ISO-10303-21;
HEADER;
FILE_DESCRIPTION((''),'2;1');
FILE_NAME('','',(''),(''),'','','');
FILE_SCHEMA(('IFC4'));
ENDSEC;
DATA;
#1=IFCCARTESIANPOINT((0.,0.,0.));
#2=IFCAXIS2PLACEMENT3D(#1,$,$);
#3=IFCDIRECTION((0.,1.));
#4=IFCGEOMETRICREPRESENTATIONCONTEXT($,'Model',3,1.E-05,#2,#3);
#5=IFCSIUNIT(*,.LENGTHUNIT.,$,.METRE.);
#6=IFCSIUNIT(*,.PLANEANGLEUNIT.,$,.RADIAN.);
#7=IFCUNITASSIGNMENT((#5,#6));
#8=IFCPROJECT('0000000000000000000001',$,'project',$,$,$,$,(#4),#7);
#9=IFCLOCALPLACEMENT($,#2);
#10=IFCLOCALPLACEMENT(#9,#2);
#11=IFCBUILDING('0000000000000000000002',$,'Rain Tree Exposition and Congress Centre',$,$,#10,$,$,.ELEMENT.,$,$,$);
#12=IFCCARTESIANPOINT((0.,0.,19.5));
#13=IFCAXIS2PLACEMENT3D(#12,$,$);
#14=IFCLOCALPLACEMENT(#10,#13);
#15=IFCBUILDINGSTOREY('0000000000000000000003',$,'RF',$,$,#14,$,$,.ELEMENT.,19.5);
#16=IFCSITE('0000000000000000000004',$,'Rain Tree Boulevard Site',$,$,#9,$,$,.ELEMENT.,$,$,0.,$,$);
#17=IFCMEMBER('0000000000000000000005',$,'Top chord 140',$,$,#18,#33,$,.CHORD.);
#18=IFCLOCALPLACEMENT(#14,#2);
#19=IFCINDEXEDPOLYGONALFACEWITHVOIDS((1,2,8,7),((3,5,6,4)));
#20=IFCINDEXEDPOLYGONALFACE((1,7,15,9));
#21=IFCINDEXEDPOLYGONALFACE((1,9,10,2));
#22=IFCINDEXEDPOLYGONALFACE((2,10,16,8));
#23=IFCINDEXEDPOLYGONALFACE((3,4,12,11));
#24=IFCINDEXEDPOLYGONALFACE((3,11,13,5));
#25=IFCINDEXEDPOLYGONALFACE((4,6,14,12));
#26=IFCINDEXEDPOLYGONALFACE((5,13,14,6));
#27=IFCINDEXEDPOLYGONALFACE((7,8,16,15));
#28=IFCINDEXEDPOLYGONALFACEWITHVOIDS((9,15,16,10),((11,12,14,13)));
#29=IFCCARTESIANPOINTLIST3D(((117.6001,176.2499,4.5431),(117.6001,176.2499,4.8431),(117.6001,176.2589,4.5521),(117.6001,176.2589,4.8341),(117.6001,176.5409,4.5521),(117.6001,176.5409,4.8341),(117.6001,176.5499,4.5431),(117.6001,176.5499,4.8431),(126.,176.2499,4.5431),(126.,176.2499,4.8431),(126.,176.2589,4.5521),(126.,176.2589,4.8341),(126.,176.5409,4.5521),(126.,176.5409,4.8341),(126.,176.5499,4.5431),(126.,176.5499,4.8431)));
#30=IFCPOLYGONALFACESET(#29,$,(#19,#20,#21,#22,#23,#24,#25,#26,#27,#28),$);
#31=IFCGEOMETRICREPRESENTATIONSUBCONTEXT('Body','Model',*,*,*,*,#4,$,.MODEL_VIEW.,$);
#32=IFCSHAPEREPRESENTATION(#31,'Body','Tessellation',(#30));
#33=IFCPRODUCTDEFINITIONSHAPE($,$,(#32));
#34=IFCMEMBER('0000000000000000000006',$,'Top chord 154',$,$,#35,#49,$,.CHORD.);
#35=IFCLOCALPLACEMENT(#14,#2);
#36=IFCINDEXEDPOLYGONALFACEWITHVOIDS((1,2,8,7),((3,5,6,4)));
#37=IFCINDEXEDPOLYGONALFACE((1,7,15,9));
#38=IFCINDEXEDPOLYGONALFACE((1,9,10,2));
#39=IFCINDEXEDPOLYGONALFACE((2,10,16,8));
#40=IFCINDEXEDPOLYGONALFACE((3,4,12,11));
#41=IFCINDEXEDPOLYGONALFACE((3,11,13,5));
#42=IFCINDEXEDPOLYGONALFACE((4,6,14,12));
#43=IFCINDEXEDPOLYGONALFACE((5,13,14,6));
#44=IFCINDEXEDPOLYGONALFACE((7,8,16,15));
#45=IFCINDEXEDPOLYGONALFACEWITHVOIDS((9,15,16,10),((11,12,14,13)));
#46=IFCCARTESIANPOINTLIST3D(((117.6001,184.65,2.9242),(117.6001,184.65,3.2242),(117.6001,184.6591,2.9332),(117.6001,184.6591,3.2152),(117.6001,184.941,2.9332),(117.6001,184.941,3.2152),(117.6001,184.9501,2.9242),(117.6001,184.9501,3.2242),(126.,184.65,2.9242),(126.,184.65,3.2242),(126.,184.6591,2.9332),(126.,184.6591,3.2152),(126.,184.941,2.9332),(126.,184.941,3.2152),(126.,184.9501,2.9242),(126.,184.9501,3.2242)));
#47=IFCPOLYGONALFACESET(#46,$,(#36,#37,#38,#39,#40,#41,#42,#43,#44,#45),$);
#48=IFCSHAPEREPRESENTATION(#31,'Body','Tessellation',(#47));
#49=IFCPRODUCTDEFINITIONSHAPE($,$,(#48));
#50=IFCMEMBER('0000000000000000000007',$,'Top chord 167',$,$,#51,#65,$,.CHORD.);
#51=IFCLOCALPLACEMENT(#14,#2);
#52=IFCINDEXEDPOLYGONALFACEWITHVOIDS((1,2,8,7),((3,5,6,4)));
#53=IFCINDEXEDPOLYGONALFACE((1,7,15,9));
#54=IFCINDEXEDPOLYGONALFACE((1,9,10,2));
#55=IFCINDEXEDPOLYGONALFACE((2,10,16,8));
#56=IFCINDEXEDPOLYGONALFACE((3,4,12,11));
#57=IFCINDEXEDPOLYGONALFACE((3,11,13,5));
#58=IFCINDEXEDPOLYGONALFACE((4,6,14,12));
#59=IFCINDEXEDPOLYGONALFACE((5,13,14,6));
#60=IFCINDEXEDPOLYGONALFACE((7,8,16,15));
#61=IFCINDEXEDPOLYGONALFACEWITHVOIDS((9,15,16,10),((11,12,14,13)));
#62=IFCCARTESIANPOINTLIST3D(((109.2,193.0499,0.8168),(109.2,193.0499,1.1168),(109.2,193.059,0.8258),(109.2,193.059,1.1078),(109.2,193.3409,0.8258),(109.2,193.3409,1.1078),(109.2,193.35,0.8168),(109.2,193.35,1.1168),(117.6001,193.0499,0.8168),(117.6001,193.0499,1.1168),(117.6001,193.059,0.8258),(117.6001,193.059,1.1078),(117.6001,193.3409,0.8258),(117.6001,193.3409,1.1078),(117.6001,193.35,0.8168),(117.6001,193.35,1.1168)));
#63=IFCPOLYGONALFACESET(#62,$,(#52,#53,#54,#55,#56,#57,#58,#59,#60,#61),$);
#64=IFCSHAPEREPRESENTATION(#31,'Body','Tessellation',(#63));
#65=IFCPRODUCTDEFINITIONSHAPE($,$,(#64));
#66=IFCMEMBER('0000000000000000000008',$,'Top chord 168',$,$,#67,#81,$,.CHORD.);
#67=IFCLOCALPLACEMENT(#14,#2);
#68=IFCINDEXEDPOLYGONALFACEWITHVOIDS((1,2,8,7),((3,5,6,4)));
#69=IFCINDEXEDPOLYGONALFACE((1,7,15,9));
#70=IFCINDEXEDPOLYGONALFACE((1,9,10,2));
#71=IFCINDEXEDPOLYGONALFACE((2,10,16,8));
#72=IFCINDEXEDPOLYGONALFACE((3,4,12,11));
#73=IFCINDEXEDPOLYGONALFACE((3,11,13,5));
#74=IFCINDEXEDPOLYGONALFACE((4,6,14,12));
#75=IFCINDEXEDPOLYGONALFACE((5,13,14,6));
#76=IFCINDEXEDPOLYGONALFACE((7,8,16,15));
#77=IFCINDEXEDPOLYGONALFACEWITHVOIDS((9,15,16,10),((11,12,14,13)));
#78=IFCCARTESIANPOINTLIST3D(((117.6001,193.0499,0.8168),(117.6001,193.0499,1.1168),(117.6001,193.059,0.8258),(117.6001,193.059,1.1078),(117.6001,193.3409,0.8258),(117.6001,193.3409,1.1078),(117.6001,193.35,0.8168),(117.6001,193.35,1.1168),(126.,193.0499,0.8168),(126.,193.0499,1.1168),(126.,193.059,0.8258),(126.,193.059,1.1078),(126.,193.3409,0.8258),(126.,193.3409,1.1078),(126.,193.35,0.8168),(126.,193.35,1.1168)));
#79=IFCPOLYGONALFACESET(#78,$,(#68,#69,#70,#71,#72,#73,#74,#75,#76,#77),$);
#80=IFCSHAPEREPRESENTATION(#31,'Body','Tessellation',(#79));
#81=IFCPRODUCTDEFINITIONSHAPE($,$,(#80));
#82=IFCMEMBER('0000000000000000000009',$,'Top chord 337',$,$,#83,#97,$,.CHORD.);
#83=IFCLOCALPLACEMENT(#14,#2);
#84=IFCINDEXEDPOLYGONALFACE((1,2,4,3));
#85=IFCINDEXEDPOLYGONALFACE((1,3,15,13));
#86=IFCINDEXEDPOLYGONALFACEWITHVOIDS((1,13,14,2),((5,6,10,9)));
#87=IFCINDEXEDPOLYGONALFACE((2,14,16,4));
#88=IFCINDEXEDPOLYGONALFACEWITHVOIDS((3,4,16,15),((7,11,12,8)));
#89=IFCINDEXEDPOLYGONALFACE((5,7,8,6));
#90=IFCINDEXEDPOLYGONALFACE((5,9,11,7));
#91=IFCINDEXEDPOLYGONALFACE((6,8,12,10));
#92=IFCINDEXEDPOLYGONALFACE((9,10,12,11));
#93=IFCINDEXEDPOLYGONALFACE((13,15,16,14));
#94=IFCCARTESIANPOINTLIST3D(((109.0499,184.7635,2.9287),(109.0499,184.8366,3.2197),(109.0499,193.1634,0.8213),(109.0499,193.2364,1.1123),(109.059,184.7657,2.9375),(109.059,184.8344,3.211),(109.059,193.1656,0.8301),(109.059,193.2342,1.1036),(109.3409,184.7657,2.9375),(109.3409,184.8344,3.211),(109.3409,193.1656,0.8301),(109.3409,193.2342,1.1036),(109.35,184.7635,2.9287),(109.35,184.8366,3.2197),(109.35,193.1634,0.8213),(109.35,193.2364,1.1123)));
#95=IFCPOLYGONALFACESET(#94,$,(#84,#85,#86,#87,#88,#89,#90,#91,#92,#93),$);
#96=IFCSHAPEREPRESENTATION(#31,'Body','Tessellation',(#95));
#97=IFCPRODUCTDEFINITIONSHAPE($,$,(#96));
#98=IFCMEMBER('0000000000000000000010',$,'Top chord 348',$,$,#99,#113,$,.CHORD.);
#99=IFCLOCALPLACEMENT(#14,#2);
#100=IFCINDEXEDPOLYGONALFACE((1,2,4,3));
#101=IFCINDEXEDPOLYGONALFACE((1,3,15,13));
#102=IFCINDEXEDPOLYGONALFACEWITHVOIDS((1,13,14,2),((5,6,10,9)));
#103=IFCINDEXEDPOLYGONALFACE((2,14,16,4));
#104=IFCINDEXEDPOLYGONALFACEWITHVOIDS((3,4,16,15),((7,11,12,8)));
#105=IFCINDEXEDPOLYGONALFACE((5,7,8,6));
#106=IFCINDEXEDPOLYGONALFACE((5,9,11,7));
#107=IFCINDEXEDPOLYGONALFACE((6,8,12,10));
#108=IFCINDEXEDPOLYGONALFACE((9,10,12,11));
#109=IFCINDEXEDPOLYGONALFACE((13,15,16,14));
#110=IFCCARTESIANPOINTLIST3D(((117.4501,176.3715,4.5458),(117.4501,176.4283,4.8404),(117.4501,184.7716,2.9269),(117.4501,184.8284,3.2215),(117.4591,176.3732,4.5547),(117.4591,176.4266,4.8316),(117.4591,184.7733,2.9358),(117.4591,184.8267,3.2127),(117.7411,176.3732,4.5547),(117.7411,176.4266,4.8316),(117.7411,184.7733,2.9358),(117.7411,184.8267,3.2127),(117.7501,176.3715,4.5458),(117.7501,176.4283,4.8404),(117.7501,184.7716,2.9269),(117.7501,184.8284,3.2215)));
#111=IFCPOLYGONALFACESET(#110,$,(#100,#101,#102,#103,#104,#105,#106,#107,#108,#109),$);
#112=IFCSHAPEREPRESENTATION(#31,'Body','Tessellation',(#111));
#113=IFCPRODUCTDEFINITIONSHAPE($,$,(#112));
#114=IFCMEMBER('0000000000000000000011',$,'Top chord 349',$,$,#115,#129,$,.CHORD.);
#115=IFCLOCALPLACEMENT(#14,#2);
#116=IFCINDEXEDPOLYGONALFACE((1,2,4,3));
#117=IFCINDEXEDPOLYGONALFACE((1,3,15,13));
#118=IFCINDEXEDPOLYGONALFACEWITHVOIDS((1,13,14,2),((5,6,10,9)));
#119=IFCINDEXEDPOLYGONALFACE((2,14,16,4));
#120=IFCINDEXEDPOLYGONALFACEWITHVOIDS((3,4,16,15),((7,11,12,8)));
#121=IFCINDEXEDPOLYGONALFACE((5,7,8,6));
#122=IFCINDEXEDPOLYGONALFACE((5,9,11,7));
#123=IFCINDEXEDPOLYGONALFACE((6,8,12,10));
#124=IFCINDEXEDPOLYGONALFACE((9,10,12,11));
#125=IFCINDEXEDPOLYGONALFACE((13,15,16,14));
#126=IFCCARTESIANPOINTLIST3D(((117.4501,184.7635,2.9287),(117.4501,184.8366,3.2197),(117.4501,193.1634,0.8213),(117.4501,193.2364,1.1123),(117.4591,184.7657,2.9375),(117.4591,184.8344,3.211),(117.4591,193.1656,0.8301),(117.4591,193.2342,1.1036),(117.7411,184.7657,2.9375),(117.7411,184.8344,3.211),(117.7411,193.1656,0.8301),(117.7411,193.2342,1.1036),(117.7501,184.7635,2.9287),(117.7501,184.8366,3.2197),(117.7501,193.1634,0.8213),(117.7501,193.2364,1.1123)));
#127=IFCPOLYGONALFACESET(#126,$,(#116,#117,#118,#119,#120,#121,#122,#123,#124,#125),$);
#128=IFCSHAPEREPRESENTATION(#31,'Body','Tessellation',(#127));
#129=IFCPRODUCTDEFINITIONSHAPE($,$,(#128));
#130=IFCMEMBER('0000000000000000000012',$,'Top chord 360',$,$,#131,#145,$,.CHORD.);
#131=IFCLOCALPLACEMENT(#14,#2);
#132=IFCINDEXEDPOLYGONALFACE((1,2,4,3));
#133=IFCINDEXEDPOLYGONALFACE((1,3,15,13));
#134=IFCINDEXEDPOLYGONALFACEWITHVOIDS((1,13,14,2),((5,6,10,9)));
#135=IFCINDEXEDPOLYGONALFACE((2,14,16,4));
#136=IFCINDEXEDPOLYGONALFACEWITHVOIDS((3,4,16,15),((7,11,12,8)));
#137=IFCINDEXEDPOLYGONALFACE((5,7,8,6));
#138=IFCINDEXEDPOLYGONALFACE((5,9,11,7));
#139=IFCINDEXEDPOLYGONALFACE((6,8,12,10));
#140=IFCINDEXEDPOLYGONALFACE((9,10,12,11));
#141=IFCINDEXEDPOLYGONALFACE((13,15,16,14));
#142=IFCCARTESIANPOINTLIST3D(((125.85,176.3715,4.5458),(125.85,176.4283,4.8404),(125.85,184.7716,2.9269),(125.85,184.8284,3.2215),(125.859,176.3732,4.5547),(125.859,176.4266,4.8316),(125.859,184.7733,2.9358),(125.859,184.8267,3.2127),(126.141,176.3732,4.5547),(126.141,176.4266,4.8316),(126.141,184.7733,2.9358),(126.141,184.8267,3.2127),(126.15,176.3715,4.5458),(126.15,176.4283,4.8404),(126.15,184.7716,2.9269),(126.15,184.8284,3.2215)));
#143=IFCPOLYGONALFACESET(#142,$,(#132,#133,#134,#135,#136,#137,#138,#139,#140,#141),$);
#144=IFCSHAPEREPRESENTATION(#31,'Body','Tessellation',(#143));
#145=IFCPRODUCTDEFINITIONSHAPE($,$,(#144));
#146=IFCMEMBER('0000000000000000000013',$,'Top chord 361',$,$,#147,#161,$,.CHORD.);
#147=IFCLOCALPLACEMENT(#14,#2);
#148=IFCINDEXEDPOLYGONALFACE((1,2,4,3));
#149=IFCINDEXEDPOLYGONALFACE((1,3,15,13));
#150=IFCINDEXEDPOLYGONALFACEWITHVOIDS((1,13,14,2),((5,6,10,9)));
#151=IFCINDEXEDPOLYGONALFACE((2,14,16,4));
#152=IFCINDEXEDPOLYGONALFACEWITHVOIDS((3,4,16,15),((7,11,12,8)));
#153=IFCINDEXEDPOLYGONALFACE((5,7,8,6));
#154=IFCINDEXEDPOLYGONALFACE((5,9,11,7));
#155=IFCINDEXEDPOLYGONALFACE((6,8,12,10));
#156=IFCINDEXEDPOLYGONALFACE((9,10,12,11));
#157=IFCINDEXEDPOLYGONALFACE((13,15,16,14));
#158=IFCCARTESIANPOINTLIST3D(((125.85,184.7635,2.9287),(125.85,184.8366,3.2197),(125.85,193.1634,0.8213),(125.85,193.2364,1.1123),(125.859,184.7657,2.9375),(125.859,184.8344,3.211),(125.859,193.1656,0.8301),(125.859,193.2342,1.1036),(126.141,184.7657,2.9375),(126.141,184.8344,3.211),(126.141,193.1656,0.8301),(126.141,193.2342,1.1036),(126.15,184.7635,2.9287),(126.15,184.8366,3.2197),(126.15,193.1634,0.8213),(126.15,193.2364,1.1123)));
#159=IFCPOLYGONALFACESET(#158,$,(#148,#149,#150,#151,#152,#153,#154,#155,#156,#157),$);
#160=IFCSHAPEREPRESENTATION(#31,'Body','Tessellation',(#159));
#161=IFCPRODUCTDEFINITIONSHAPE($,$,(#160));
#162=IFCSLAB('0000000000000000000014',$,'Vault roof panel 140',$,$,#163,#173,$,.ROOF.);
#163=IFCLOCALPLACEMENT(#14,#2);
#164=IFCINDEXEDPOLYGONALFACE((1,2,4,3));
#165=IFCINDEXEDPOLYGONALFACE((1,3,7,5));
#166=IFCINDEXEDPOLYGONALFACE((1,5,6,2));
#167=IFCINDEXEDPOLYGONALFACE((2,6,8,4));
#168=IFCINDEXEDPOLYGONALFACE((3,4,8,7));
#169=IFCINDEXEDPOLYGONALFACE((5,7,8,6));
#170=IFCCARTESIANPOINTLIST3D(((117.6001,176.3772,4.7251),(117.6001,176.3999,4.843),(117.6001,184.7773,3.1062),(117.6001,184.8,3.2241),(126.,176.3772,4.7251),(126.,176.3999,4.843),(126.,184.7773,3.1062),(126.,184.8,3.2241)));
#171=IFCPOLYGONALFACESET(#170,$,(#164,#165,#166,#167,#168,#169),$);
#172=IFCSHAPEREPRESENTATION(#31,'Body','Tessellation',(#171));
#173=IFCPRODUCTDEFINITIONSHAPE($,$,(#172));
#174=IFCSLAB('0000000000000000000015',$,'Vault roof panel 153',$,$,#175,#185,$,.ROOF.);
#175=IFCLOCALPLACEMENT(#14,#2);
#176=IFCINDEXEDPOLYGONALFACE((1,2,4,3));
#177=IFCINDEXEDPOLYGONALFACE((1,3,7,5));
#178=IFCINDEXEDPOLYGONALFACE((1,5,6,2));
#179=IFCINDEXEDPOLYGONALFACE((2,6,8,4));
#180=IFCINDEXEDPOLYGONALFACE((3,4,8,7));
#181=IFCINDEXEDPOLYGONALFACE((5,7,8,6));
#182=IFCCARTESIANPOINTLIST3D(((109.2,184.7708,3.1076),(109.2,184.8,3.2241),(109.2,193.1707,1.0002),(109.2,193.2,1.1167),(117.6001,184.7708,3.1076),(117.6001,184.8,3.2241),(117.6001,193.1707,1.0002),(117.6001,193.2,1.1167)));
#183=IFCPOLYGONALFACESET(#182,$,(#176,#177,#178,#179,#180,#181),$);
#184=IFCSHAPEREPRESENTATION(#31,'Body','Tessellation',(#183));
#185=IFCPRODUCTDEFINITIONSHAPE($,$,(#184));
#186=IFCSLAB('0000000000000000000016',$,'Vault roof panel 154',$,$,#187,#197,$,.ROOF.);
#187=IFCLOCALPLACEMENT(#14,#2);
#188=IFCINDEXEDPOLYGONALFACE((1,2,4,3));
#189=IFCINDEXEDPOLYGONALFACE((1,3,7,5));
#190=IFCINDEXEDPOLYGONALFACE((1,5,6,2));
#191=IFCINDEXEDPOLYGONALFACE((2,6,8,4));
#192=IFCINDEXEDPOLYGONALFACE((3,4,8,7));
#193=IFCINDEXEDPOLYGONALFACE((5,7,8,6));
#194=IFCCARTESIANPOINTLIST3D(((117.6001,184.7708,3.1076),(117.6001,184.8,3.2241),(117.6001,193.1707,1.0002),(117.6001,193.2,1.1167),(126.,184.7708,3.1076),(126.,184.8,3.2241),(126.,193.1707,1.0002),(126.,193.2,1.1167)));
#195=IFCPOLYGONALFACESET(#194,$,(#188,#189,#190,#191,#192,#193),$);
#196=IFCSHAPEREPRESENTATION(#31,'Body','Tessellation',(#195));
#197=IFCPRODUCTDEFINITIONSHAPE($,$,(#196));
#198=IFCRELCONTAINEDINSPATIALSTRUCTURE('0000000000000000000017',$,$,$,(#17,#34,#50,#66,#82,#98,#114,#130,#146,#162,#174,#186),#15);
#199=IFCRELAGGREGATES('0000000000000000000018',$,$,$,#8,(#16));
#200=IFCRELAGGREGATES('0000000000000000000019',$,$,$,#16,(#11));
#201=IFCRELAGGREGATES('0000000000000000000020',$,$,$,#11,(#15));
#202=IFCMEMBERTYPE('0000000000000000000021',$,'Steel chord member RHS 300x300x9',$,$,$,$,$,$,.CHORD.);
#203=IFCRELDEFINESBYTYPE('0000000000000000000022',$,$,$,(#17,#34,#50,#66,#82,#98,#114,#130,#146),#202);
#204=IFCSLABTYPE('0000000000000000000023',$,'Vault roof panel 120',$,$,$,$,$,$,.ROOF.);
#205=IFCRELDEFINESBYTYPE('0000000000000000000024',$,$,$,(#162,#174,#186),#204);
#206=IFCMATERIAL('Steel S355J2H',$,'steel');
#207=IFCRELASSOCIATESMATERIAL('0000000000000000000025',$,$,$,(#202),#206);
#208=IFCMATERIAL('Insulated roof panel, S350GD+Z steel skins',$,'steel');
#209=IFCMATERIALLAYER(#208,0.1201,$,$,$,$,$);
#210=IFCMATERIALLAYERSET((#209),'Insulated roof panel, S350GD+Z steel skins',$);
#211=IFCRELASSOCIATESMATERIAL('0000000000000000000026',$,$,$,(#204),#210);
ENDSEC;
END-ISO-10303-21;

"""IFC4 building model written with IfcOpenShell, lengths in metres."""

from ifc_helpers import new_model, si_unit, direction, frame, origin, origin_2d, place, context, subcontext, project, spatial, polyline, hollow_rectangle, outline, extrude, material, layer, layer_set, material_profile, profile_set, type_object, element, save


model = new_model("IFC4")

# Units and contexts
model_context = context("Model", 3, precision=1e-05, world=origin(), true_north=direction((0.0, 1.0)))
body_context = subcontext(model_context, "Body", "Model", "MODEL_VIEW")
ifc_project = project(units=[si_unit("LENGTHUNIT", "METRE"), si_unit("PLANEANGLEUNIT", "RADIAN")], contexts=[model_context])

# Site, building, storey
site_placement = place(None, origin())
site = spatial("IfcSite", under=ifc_project, at=site_placement, Name="Rain Tree Boulevard Site", CompositionType="ELEMENT", RefElevation=0.0)
building_placement = place(site_placement, origin())
building = spatial("IfcBuilding", under=site, at=building_placement, Name="Rain Tree Exposition and Congress Centre", CompositionType="ELEMENT")
storey_placement = place(building_placement, frame((0.0, 0.0, 19.5)))
storey = spatial("IfcBuildingStorey", under=building, at=storey_placement, Name="RF", CompositionType="ELEMENT", Elevation=19.5)

# Members
ifc_material_1 = material(Name="Steel S355J2H", Category="steel")
ifc_material_profile_1 = material_profile(ifc_material_1, hollow_rectangle(XDim=0.3, YDim=0.3, WallThickness=0.009, at=origin_2d()), Name="RHS 300x300x9")
ifc_profile_set_1 = profile_set([ifc_material_profile_1], Name="Steel S355J2H")
member_type = type_object("IfcMemberType", Name="Steel chord member RHS 300x300x9", PredefinedType="CHORD", material=ifc_profile_set_1)
for number, where, z_axis, x_axis, name in (
    (1, (117.6001, 176.3999, 4.6931), (1.0, 0.0, 0.0), (0.0, 1.0, 0.0), "Top chord 140"),
    (2, (117.6001, 184.8, 3.0742), (1.0, 0.0, 0.0), (0.0, 1.0, 0.0), "Top chord 154"),
):
    element("IfcMember", number, at=place(storey_placement, frame(where, z_axis=z_axis, x_axis=x_axis)), inside=storey, type_object=member_type, Name=name, PredefinedType="CHORD", context=body_context, shape_type="SweptSolid", body=[
        extrude(hollow_rectangle(XDim=0.3, YDim=0.3, WallThickness=0.009, at=origin_2d()), origin(), (0.0, 0.0, 1.0), 8.3999),
    ])
member_1_placement = place(storey_placement, frame((109.2, 193.2, 0.9668), z_axis=(1.0, 0.0, 0.0), x_axis=(0.0, 1.0, 0.0)))
element("IfcMember", 3, at=member_1_placement, inside=storey, type_object=member_type, Name="Top chord 167", PredefinedType="CHORD", context=body_context, shape_type="SweptSolid", body=[
    extrude(hollow_rectangle(XDim=0.3, YDim=0.3, WallThickness=0.009, at=origin_2d()), origin(), (0.0, 0.0, 1.0), 8.4001),
])
member_2_placement = place(storey_placement, frame((117.6001, 193.2, 0.9668), z_axis=(1.0, 0.0, 0.0), x_axis=(0.0, 1.0, 0.0)))
element("IfcMember", 4, at=member_2_placement, inside=storey, type_object=member_type, Name="Top chord 168", PredefinedType="CHORD", context=body_context, shape_type="SweptSolid", body=[
    extrude(hollow_rectangle(XDim=0.3, YDim=0.3, WallThickness=0.009, at=origin_2d()), origin(), (0.0, 0.0, 1.0), 8.3999),
])
member_3_placement = place(storey_placement, frame((109.2, 184.8, 3.0742), z_axis=(0.0, 0.96994, -0.243345), x_axis=(-1.0, 0.0, 0.0)))
element("IfcMember", 5, at=member_3_placement, inside=storey, type_object=member_type, Name="Top chord 337", PredefinedType="CHORD", context=body_context, shape_type="SweptSolid", body=[
    extrude(hollow_rectangle(XDim=0.3, YDim=0.3, WallThickness=0.009, at=origin_2d()), origin(), (0.0, 0.0, 1.0), 8.6602),
])
member_4_placement = place(storey_placement, frame((117.6001, 176.3999, 4.6931), z_axis=(0.0, 0.981931, -0.18924), x_axis=(-1.0, 0.0, 0.0)))
element("IfcMember", 6, at=member_4_placement, inside=storey, type_object=member_type, Name="Top chord 348", PredefinedType="CHORD", context=body_context, shape_type="SweptSolid", body=[
    extrude(hollow_rectangle(XDim=0.3, YDim=0.3, WallThickness=0.009, at=origin_2d()), origin(), (0.0, 0.0, 1.0), 8.5547),
])
member_5_placement = place(storey_placement, frame((117.6001, 184.8, 3.0742), z_axis=(0.0, 0.96994, -0.243345), x_axis=(-1.0, 0.0, 0.0)))
element("IfcMember", 7, at=member_5_placement, inside=storey, type_object=member_type, Name="Top chord 349", PredefinedType="CHORD", context=body_context, shape_type="SweptSolid", body=[
    extrude(hollow_rectangle(XDim=0.3, YDim=0.3, WallThickness=0.009, at=origin_2d()), origin(), (0.0, 0.0, 1.0), 8.6602),
])
member_6_placement = place(storey_placement, frame((126.0, 176.3999, 4.6931), z_axis=(0.0, 0.981931, -0.18924), x_axis=(-1.0, 0.0, 0.0)))
element("IfcMember", 8, at=member_6_placement, inside=storey, type_object=member_type, Name="Top chord 360", PredefinedType="CHORD", context=body_context, shape_type="SweptSolid", body=[
    extrude(hollow_rectangle(XDim=0.3, YDim=0.3, WallThickness=0.009, at=origin_2d()), origin(), (0.0, 0.0, 1.0), 8.5547),
])
member_7_placement = place(storey_placement, frame((126.0, 184.8, 3.0742), z_axis=(0.0, 0.96994, -0.243345), x_axis=(-1.0, 0.0, 0.0)))
element("IfcMember", 9, at=member_7_placement, inside=storey, type_object=member_type, Name="Top chord 361", PredefinedType="CHORD", context=body_context, shape_type="SweptSolid", body=[
    extrude(hollow_rectangle(XDim=0.3, YDim=0.3, WallThickness=0.009, at=origin_2d()), origin(), (0.0, 0.0, 1.0), 8.6602),
])

# Slabs
ifc_material_2 = material(Name="Insulated roof panel, S350GD+Z steel skins", Category="steel")
ifc_layer_1 = layer(ifc_material_2, 0.1201)
ifc_layer_set_1 = layer_set([ifc_layer_1], Name="Insulated roof panel, S350GD+Z steel skins")
slab_type = type_object("IfcSlabType", Name="Vault roof panel 120", PredefinedType="ROOF", material=ifc_layer_set_1)
slab_1_placement = place(storey_placement, frame((117.6001, 176.3999, 4.843), z_axis=(0.0, 0.18924, 0.981931), x_axis=(1.0, 0.0, 0.0)))
element("IfcSlab", 10, at=slab_1_placement, inside=storey, type_object=slab_type, Name="Vault roof panel 140", PredefinedType="ROOF", context=body_context, shape_type="SweptSolid", body=[
    extrude(outline(polyline([(0.0, 0.0), (8.3999, 0.0), (8.3999, 8.5547), (0.0, 8.5547), (0.0, 0.0)])), origin(), (0.0, 0.0, -1.0), 0.1201),
])
slab_2_placement = place(storey_placement, frame((109.2, 184.8, 3.2241), z_axis=(0.0, 0.243345, 0.96994), x_axis=(1.0, 0.0, 0.0)))
element("IfcSlab", 11, at=slab_2_placement, inside=storey, type_object=slab_type, Name="Vault roof panel 153", PredefinedType="ROOF", context=body_context, shape_type="SweptSolid", body=[
    extrude(outline(polyline([(0.0, 0.0), (8.4001, 0.0), (8.4001, 8.6602), (0.0, 8.6602), (0.0, 0.0)])), origin(), (0.0, 0.0, -1.0), 0.1201),
])
slab_3_placement = place(storey_placement, frame((117.6001, 184.8, 3.2241), z_axis=(0.0, 0.243345, 0.96994), x_axis=(1.0, 0.0, 0.0)))
element("IfcSlab", 12, at=slab_3_placement, inside=storey, type_object=slab_type, Name="Vault roof panel 154", PredefinedType="ROOF", context=body_context, shape_type="SweptSolid", body=[
    extrude(outline(polyline([(0.0, 0.0), (8.3999, 0.0), (8.3999, 8.6602), (0.0, 8.6602), (0.0, 0.0)])), origin(), (0.0, 0.0, -1.0), 0.1201),
])

save(model, "model.ifc")
